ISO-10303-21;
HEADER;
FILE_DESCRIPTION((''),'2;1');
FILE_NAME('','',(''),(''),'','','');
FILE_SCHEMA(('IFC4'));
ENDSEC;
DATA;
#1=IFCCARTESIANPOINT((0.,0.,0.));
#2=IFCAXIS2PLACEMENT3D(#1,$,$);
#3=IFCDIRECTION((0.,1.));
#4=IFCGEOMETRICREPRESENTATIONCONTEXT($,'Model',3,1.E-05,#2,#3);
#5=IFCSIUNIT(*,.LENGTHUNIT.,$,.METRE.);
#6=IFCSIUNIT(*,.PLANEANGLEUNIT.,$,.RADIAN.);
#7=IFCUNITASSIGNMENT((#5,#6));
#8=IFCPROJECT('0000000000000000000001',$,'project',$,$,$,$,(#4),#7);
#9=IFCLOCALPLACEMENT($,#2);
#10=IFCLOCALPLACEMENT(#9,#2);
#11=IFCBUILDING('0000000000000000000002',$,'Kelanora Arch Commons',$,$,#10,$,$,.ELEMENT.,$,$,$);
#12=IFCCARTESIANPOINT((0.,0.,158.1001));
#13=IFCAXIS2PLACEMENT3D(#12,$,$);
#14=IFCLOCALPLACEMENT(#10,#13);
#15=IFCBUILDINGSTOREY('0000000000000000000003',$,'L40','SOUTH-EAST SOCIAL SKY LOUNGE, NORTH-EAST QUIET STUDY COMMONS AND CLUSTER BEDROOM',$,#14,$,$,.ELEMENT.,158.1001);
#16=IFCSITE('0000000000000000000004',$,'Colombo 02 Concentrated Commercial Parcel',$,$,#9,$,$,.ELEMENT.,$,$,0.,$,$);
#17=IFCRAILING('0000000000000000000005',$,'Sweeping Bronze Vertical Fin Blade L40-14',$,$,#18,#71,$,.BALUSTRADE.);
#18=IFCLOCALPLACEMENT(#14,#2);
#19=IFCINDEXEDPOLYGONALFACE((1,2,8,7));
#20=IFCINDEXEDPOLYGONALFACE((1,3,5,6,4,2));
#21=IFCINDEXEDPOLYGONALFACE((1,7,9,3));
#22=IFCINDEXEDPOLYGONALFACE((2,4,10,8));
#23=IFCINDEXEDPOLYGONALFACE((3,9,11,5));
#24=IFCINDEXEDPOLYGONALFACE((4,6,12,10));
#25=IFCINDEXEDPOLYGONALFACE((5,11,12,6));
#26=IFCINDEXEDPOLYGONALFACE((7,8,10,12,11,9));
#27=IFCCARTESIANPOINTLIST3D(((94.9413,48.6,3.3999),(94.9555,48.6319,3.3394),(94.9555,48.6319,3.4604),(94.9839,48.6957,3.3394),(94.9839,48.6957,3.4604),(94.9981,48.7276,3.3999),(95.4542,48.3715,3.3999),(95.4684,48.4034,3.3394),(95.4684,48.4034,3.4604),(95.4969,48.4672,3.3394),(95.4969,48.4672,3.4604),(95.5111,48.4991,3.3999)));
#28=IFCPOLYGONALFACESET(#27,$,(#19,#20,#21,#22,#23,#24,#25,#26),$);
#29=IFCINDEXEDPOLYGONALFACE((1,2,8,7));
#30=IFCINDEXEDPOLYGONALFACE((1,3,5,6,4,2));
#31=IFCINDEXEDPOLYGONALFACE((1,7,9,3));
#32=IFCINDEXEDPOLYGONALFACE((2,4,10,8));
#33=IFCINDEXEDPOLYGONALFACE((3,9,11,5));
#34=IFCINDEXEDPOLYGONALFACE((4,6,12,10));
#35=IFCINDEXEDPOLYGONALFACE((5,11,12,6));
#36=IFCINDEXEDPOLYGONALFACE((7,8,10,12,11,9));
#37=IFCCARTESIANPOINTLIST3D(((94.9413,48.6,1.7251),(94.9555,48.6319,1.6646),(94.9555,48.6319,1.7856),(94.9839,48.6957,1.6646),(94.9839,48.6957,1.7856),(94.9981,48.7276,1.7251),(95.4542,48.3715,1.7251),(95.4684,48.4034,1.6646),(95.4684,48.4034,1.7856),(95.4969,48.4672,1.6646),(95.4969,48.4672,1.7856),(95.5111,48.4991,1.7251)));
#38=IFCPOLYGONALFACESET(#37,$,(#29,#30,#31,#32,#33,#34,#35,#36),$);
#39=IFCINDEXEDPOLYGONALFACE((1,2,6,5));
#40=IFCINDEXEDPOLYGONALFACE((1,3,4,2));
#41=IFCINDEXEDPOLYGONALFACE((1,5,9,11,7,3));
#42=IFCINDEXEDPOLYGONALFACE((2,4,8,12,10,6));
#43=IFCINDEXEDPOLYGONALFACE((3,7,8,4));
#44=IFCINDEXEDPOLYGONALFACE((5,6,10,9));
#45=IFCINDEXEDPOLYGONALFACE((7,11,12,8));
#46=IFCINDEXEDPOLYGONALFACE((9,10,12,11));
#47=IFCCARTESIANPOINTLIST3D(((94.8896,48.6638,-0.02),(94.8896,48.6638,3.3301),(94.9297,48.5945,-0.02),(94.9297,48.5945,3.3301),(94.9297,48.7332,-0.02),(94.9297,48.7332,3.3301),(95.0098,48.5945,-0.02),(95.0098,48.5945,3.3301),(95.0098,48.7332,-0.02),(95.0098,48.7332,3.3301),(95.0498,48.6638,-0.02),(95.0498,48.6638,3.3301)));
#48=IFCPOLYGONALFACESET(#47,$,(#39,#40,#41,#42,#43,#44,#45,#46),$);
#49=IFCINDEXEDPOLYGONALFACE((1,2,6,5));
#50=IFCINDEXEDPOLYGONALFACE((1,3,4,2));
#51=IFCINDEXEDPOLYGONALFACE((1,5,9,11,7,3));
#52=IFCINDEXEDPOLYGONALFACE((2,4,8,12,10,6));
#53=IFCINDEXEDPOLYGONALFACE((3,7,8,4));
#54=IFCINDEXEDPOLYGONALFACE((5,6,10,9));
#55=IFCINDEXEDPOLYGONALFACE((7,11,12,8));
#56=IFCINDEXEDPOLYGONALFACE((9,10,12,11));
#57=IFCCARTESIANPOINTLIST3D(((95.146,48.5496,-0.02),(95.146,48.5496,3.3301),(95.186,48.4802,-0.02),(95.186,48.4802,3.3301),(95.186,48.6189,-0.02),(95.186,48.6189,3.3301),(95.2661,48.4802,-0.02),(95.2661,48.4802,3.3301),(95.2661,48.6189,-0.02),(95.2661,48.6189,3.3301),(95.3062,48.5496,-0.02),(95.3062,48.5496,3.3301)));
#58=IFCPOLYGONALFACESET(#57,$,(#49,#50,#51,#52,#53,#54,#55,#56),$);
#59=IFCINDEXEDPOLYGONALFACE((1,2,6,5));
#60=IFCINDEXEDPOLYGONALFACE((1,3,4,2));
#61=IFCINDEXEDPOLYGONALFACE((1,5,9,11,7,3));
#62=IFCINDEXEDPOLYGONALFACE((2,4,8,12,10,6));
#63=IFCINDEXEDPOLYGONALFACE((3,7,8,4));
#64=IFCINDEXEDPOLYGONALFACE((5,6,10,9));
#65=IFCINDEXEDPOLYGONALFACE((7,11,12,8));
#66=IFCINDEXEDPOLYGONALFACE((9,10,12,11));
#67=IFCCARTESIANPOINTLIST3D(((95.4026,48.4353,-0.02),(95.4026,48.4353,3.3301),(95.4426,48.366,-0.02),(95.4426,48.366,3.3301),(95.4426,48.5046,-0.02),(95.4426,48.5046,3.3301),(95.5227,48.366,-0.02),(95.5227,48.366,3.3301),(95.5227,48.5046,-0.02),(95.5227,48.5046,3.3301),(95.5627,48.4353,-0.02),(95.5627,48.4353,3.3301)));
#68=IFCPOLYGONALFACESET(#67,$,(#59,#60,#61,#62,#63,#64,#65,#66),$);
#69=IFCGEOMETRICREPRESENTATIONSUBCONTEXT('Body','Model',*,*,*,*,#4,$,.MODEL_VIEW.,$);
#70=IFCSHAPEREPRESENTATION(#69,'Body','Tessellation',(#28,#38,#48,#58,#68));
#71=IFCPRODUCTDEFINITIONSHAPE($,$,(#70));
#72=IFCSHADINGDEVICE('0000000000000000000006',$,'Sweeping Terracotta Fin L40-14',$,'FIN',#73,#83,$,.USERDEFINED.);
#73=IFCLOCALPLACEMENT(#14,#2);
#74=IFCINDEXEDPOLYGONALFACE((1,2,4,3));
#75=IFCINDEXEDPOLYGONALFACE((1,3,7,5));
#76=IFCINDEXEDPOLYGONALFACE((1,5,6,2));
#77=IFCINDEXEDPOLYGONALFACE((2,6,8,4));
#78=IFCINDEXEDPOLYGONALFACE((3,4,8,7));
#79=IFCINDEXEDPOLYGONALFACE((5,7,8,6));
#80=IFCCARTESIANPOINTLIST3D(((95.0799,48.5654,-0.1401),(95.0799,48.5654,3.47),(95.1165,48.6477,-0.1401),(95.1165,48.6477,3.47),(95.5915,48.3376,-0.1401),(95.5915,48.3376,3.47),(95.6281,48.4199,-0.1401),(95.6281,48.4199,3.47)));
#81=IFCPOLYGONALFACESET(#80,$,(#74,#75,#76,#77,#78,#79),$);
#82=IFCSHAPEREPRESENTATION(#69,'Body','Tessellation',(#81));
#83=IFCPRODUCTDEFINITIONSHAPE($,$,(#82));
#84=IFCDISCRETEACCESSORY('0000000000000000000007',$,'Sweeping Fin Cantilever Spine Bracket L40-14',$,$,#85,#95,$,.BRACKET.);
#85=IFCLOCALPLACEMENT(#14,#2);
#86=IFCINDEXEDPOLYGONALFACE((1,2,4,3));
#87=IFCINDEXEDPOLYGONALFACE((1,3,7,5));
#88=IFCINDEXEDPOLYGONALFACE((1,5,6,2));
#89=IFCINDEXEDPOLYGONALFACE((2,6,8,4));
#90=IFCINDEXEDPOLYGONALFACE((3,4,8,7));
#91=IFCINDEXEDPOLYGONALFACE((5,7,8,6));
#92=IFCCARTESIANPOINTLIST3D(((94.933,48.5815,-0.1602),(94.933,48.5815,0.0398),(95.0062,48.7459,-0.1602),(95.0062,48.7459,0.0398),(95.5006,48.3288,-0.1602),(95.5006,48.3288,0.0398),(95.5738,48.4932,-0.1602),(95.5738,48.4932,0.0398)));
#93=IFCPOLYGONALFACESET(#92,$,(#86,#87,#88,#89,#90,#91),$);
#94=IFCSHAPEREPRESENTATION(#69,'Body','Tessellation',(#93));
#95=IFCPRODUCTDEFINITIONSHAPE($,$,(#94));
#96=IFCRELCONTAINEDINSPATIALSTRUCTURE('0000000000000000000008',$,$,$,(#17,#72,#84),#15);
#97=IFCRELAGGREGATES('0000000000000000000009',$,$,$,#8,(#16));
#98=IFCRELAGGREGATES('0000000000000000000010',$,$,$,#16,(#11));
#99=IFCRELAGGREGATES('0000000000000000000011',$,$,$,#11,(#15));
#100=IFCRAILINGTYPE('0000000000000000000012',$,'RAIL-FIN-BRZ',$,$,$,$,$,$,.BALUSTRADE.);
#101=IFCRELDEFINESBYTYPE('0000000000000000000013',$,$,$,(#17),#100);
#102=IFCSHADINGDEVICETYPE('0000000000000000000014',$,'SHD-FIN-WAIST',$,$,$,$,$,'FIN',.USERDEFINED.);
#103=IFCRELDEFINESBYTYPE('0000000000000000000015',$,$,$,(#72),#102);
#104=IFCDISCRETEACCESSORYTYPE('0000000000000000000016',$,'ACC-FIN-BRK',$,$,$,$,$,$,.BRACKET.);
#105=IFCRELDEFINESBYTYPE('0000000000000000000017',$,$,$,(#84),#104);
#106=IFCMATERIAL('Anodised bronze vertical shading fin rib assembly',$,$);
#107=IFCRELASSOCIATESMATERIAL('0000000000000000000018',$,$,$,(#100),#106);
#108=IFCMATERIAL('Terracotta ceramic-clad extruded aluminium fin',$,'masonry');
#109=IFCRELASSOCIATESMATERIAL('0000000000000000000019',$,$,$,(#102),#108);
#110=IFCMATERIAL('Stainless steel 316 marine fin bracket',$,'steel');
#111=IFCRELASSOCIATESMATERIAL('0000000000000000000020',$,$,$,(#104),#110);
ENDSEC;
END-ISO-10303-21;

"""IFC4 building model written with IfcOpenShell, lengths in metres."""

from ifc_helpers import new_model, si_unit, direction, frame, origin, origin_2d, place, context, subcontext, project, spatial, polyline, rectangle, outline, extrude, source, transform, mapped, material, type_object, element, save


model = new_model("IFC4")

# Units and contexts
model_context = context("Model", 3, precision=1e-05, world=origin(), true_north=direction((0.0, 1.0)))
body_context = subcontext(model_context, "Body", "Model", "MODEL_VIEW")
ifc_project = project(units=[si_unit("LENGTHUNIT", "METRE"), si_unit("PLANEANGLEUNIT", "RADIAN")], contexts=[model_context])

# Site, building, storey
site_placement = place(None, origin())
site = spatial("IfcSite", under=ifc_project, at=site_placement, Name="Colombo 02 Concentrated Commercial Parcel", CompositionType="ELEMENT", RefElevation=0.0)
building_placement = place(site_placement, origin())
building = spatial("IfcBuilding", under=site, at=building_placement, Name="Kelanora Arch Commons", CompositionType="ELEMENT")
storey_placement = place(building_placement, frame((0.0, 0.0, 158.1001)))
storey = spatial("IfcBuildingStorey", under=building, at=storey_placement, Name="L40", Description="SOUTH-EAST SOCIAL SKY LOUNGE, NORTH-EAST QUIET STUDY COMMONS AND CLUSTER BEDROOM", CompositionType="ELEMENT", Elevation=158.1001)

# Railing
ifc_material_1 = material(Name="Anodised bronze vertical shading fin rib assembly")
railing_type = type_object("IfcRailingType", Name="RAIL-FIN-BRZ", PredefinedType="BALUSTRADE", material=ifc_material_1)
railing_1_placement = place(storey_placement, frame((94.9697, 48.6638, -0.02)))
element("IfcRailing", 1, at=railing_1_placement, inside=storey, type_object=railing_type, Name="Sweeping Bronze Vertical Fin Blade L40-14", PredefinedType="BALUSTRADE", context=body_context, shape_type="SweptSolid", body=[
    extrude(outline(polyline([(0.0698, 0.0), (0.0349, 0.0605), (-0.0349, 0.0605), (-0.0698, 0.0), (-0.0349, -0.0605), (0.0349, -0.0605), (0.0698, 0.0)])), frame((0.0, 0.0, 3.4199), z_axis=(0.913453, -0.406945, 0.0), x_axis=(0.406945, 0.913453, 0.0)), (0.0, 0.0, 1.0), 0.5615),
    extrude(outline(polyline([(0.0698, 0.0), (0.0349, 0.0605), (-0.0349, 0.0605), (-0.0698, 0.0), (-0.0349, -0.0605), (0.0349, -0.0605), (0.0698, 0.0)])), frame((0.0, 0.0, 1.7451), z_axis=(0.913453, -0.406945, 0.0), x_axis=(0.406945, 0.913453, 0.0)), (0.0, 0.0, 1.0), 0.5615),
    extrude(outline(polyline([(0.0801, 0.0), (0.04, 0.0693), (-0.04, 0.0693), (-0.0801, 0.0), (-0.04, -0.0693), (0.04, -0.0693), (0.0801, 0.0)])), origin(), (0.0, 0.0, 1.0), 3.3501),
    extrude(outline(polyline([(0.0801, 0.0), (0.04, 0.0693), (-0.04, 0.0693), (-0.0801, 0.0), (-0.04, -0.0693), (0.04, -0.0693), (0.0801, 0.0)])), frame((0.2563, -0.1143, 0.0)), (0.0, 0.0, 1.0), 3.3501),
    extrude(outline(polyline([(0.0801, 0.0), (0.04, 0.0693), (-0.04, 0.0693), (-0.0801, 0.0), (-0.04, -0.0693), (0.04, -0.0693), (0.0801, 0.0)])), frame((0.5129, -0.2285, 0.0)), (0.0, 0.0, 1.0), 3.3501),
])

# Shading device
ifc_material_2 = material(Name="Terracotta ceramic-clad extruded aluminium fin", Category="masonry")
shading_device_type = type_object("IfcShadingDeviceType", Name="SHD-FIN-WAIST", ElementType="FIN", PredefinedType="USERDEFINED", material=ifc_material_2)
shared_shape_1 = source(origin(), body_context, "Body", "SweptSolid", [
    extrude(rectangle(XDim=0.5601, YDim=0.0901, at=origin_2d()), origin(), (0.0, 0.0, 1.0), 3.6101),
])
shading_device_placement = place(storey_placement, frame((95.354, 48.4927, -0.1401), z_axis=(0.0, 0.0, 1.0), x_axis=(0.913545, -0.406737, 0.0)))
element("IfcShadingDevice", 2, at=shading_device_placement, inside=storey, type_object=shading_device_type, Name="Sweeping Terracotta Fin L40-14", ObjectType="FIN", PredefinedType="USERDEFINED", context=body_context, shape_type="MappedRepresentation", body=[
    mapped(shared_shape_1, transform((0.0, 0.0, 0.0), scale=1.0)),
])

# Discrete accessory
ifc_material_3 = material(Name="Stainless steel 316 marine fin bracket", Category="steel")
discrete_accessory_type = type_object("IfcDiscreteAccessoryType", Name="ACC-FIN-BRK", PredefinedType="BRACKET", material=ifc_material_3)
shared_shape_2 = source(origin(), body_context, "Body", "SweptSolid", [
    extrude(rectangle(XDim=0.6213, YDim=0.1799, at=origin_2d()), origin(), (0.0, 0.0, 1.0), 0.2),
])
discrete_accessory_placement = place(storey_placement, frame((95.2534, 48.5374, -0.1602), z_axis=(0.0, 0.0, 1.0), x_axis=(0.913545, -0.406737, 0.0)))
element("IfcDiscreteAccessory", 3, at=discrete_accessory_placement, inside=storey, type_object=discrete_accessory_type, Name="Sweeping Fin Cantilever Spine Bracket L40-14", PredefinedType="BRACKET", context=body_context, shape_type="MappedRepresentation", body=[
    mapped(shared_shape_2, transform((0.0, 0.0, 0.0), scale=1.0)),
])

save(model, "model.ifc")
